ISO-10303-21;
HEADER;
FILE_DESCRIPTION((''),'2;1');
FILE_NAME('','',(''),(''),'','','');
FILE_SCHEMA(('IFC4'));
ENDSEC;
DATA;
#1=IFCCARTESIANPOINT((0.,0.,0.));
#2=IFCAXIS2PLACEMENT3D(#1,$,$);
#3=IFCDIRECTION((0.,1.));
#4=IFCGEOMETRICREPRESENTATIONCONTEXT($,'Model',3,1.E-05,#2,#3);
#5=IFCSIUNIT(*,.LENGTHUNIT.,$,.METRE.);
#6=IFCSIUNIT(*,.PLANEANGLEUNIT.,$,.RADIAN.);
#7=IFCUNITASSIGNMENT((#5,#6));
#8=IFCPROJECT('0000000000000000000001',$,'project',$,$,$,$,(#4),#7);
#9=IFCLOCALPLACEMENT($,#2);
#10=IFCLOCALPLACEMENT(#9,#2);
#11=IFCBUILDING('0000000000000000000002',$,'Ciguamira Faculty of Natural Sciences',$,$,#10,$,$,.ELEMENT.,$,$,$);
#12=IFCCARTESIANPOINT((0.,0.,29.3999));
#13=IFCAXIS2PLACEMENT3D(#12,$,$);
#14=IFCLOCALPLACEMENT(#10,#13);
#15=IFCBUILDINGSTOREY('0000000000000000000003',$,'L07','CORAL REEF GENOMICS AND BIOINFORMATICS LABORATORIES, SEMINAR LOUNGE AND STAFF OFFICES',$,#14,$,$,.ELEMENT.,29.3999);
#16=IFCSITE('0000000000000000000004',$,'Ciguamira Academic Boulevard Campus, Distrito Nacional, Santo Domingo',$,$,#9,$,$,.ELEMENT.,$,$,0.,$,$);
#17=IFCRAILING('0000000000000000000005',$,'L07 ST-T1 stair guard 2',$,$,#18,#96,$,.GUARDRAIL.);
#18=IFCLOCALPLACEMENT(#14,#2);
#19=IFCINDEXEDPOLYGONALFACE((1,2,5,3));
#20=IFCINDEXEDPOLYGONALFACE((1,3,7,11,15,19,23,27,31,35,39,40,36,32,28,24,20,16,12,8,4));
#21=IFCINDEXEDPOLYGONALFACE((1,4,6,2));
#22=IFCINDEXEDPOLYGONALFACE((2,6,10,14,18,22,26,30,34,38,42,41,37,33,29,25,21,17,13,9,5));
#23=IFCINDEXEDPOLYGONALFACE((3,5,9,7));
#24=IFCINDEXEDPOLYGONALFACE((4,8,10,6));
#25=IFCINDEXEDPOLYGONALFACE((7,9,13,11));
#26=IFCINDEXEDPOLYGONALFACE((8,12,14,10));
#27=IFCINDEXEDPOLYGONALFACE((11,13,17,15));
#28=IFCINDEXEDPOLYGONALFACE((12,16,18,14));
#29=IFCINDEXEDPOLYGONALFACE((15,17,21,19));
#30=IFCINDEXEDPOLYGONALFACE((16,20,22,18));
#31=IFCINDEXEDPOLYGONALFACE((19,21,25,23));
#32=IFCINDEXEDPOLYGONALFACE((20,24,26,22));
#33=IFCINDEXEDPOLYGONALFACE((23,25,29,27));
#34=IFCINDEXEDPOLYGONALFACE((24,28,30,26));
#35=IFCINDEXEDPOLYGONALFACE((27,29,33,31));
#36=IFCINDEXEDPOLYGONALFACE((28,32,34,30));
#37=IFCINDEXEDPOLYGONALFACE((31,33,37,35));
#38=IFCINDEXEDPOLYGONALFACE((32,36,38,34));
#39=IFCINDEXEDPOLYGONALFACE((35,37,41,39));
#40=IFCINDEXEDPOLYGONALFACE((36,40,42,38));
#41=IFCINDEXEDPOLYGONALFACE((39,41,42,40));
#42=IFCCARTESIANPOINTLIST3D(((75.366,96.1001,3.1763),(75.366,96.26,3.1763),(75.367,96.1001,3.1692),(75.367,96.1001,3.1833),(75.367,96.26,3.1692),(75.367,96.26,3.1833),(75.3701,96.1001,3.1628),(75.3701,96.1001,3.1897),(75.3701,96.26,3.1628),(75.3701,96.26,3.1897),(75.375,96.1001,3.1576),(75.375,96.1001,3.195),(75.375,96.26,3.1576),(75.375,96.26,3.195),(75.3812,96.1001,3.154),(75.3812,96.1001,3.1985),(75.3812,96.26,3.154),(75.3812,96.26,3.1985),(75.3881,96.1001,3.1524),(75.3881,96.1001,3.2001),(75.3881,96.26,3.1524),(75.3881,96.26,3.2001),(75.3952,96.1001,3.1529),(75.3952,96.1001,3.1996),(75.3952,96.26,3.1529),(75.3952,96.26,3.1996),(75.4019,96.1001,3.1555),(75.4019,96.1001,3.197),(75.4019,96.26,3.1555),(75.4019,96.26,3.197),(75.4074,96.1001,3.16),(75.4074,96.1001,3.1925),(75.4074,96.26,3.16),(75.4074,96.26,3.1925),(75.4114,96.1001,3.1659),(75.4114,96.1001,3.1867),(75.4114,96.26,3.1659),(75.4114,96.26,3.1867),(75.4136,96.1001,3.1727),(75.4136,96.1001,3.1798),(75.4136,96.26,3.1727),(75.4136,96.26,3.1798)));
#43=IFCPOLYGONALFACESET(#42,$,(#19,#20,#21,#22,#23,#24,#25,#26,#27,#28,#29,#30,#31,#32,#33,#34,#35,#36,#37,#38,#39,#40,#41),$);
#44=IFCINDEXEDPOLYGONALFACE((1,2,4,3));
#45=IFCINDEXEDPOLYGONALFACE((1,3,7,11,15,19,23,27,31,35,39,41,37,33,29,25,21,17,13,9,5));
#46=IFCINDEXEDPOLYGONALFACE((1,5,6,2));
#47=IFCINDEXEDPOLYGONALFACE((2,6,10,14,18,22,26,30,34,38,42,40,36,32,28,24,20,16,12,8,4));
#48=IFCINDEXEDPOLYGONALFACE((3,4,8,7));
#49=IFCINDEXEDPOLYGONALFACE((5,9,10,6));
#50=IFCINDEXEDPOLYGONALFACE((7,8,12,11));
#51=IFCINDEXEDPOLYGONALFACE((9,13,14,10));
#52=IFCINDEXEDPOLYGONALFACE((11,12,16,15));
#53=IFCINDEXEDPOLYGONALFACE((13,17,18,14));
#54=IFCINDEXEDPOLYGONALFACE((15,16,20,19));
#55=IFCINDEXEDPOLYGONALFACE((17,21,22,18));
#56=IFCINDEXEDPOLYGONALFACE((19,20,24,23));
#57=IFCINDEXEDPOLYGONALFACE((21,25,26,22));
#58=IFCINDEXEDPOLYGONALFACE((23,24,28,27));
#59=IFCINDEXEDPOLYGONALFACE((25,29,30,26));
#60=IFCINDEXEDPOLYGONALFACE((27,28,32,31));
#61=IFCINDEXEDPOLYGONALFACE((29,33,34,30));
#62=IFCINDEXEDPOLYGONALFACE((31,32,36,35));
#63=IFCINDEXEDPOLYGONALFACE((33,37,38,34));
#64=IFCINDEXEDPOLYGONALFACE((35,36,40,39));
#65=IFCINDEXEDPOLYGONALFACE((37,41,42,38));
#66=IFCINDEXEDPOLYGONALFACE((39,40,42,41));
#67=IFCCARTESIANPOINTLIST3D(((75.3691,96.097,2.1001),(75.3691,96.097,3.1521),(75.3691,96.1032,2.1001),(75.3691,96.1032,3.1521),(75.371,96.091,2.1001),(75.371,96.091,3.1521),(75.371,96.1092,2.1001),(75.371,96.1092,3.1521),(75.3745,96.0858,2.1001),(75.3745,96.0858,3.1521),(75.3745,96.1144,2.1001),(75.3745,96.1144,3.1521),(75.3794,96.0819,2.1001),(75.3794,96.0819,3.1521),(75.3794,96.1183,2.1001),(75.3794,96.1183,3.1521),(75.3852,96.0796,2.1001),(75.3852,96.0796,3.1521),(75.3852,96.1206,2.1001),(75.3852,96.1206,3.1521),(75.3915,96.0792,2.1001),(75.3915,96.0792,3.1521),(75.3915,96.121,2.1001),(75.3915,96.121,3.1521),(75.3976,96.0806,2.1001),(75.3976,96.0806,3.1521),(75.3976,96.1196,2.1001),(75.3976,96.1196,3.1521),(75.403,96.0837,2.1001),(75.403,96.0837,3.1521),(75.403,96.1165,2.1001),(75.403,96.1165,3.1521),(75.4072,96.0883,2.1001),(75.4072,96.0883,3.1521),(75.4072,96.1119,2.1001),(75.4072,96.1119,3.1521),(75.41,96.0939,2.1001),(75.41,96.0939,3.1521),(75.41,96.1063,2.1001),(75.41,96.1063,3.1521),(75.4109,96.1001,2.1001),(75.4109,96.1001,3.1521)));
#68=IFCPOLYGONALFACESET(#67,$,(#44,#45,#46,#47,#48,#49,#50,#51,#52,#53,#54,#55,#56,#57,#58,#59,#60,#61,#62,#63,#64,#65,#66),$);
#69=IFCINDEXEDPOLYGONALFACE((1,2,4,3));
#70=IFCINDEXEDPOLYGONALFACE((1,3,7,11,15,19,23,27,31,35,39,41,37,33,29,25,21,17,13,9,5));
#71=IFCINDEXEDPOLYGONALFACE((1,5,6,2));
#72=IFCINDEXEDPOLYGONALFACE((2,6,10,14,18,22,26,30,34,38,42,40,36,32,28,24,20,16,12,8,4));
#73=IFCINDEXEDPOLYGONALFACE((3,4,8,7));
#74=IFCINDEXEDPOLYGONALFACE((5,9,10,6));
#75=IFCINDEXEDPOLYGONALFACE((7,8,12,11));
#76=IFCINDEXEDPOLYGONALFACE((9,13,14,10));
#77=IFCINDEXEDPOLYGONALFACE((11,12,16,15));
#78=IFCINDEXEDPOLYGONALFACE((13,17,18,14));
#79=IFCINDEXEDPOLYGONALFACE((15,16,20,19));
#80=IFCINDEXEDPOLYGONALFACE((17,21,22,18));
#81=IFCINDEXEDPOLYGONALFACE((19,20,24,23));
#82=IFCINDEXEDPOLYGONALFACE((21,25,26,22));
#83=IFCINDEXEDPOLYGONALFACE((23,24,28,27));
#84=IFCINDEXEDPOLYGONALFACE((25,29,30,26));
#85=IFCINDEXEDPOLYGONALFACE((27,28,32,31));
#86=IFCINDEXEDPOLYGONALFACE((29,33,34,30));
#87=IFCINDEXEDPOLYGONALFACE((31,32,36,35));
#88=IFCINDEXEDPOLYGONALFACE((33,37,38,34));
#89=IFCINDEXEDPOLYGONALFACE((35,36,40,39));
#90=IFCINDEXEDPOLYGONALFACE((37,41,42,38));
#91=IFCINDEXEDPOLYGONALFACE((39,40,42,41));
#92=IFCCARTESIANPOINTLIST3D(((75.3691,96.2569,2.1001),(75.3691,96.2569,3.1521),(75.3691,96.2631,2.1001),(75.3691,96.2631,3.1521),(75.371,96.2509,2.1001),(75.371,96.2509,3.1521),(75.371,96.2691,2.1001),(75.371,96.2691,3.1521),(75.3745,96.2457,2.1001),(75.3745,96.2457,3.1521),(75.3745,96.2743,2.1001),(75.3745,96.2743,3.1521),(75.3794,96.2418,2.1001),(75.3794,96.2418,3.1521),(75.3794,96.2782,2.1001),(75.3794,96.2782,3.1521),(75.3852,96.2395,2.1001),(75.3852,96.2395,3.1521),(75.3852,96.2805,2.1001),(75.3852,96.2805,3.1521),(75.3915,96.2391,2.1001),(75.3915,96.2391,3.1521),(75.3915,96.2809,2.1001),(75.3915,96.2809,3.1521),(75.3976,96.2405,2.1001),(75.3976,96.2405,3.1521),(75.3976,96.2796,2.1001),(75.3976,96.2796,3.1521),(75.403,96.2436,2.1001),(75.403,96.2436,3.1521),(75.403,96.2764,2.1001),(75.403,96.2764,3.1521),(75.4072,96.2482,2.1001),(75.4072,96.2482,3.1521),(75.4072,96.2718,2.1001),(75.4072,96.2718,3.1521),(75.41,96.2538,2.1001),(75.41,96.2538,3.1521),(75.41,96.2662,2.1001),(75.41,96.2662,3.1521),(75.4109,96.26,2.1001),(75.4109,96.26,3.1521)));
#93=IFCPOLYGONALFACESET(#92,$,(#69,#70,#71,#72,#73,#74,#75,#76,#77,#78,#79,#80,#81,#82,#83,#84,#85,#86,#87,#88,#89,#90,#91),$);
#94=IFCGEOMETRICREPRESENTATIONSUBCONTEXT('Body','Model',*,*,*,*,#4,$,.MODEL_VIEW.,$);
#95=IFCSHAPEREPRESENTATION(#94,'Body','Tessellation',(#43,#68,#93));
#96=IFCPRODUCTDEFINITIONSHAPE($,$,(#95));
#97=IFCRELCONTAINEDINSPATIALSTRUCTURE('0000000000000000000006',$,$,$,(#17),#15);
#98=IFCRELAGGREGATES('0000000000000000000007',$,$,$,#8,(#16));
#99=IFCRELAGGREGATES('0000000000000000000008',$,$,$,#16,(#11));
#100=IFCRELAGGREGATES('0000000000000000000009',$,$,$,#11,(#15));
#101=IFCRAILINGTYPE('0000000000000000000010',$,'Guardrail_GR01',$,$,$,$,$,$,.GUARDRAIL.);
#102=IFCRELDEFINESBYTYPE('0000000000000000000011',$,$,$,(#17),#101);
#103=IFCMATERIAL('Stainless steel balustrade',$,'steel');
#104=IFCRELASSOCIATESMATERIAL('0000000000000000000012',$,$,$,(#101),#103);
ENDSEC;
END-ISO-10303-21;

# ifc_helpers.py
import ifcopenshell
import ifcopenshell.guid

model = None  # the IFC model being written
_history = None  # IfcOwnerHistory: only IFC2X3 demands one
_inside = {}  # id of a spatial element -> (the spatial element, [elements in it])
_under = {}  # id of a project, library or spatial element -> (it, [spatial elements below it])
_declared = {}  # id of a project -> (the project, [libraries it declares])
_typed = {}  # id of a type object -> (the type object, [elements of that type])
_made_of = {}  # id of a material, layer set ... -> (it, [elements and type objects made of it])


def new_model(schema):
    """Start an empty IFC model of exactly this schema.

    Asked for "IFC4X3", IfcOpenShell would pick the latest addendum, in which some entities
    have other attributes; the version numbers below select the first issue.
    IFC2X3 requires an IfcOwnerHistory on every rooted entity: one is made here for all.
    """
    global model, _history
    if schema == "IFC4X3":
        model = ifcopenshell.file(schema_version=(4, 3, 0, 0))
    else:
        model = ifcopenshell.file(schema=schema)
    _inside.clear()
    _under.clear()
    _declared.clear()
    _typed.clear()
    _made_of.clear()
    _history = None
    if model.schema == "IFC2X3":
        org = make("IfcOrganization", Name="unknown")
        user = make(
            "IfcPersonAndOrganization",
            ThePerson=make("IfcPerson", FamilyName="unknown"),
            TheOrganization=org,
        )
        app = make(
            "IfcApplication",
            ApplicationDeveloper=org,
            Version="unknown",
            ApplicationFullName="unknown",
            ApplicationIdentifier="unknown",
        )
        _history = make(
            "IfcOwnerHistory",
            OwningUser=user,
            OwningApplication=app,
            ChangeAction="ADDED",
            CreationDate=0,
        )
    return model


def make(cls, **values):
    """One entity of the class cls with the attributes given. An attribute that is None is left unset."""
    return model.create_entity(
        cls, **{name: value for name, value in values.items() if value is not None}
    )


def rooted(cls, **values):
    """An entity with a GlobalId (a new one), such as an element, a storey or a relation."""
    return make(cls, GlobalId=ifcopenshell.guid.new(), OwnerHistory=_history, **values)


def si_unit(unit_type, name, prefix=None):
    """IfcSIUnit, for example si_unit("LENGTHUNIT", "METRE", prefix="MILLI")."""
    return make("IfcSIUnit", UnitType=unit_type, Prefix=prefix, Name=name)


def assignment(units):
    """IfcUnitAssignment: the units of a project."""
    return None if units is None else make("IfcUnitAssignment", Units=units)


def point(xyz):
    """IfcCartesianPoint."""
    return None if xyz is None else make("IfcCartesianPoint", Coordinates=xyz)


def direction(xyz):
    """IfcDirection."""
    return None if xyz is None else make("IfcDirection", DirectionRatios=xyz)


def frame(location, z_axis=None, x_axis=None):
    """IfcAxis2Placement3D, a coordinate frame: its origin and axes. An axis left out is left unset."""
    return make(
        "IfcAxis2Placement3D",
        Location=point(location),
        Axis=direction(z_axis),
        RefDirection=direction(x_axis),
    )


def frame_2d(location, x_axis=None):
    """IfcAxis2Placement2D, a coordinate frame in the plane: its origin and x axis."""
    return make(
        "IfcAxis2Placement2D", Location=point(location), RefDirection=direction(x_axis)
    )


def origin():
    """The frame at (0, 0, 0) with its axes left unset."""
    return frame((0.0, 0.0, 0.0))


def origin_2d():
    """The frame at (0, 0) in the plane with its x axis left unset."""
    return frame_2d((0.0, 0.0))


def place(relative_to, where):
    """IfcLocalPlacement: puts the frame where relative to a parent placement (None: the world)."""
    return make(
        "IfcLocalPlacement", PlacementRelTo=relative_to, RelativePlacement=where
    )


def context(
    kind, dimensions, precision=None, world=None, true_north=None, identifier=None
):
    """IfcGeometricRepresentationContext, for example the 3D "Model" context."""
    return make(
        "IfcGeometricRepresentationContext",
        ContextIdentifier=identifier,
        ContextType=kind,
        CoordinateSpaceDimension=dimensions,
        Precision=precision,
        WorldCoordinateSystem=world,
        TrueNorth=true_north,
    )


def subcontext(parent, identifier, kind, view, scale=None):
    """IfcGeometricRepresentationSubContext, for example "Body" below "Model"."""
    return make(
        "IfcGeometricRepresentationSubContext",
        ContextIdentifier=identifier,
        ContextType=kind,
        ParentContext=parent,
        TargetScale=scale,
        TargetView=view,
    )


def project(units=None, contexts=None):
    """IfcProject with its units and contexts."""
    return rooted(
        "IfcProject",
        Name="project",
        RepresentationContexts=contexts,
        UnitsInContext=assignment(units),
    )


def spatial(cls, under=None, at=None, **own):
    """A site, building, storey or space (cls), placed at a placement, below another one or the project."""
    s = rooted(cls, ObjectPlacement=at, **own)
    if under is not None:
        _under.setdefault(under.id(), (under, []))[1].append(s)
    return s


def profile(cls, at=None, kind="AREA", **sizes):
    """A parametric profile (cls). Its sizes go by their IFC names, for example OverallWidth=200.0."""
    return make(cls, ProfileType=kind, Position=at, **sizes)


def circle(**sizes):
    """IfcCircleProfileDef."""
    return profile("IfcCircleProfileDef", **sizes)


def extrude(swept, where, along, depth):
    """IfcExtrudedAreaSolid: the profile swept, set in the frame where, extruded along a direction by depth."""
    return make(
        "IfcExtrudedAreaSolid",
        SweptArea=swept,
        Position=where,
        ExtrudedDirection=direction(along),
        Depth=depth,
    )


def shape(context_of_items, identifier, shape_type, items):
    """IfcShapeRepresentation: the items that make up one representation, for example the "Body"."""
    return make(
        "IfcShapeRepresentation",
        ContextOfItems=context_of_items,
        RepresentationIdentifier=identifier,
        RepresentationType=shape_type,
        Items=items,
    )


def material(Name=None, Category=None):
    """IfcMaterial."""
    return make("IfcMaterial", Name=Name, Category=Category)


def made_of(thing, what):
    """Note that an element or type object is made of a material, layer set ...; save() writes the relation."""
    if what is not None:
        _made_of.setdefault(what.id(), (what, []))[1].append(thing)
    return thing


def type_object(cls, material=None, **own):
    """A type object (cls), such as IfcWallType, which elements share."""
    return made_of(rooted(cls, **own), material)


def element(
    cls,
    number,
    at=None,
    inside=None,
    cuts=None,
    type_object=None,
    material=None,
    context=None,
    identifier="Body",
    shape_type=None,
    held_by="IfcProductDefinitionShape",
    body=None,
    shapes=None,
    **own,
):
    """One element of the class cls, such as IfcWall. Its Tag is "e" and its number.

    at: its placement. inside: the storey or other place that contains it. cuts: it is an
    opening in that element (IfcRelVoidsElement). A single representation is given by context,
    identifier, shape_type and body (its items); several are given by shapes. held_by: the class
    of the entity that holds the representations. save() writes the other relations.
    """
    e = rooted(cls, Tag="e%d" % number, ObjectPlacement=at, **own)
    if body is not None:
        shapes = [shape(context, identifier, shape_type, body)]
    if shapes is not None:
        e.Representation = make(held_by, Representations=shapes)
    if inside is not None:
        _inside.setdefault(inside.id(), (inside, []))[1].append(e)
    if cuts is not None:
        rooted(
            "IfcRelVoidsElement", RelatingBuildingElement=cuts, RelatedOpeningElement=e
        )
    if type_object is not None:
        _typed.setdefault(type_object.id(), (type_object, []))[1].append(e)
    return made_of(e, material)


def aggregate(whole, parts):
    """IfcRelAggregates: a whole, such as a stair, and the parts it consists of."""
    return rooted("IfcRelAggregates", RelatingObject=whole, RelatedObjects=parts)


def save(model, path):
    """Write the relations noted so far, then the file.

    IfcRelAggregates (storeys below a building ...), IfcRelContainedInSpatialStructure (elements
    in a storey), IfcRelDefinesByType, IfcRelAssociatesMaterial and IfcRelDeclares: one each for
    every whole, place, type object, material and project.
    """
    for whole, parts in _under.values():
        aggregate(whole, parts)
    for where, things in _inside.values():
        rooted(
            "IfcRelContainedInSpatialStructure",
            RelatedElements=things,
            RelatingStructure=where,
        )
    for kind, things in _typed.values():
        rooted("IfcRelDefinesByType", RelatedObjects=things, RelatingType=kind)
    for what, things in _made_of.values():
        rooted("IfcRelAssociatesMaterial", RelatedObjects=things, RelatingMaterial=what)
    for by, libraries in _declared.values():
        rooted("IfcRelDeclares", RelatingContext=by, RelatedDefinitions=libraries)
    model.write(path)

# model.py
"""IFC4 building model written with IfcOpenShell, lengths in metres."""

from ifc_helpers import new_model, si_unit, direction, frame, origin, origin_2d, place, context, subcontext, project, spatial, circle, extrude, material, type_object, element, save


model = new_model("IFC4")

# Units and contexts
model_context = context("Model", 3, precision=1e-05, world=origin(), true_north=direction((0.0, 1.0)))
body_context = subcontext(model_context, "Body", "Model", "MODEL_VIEW")
ifc_project = project(units=[si_unit("LENGTHUNIT", "METRE"), si_unit("PLANEANGLEUNIT", "RADIAN")], contexts=[model_context])

# Site, building, storey
site_placement = place(None, origin())
site = spatial("IfcSite", under=ifc_project, at=site_placement, Name="Ciguamira Academic Boulevard Campus, Distrito Nacional, Santo Domingo", CompositionType="ELEMENT", RefElevation=0.0)
building_placement = place(site_placement, origin())
building = spatial("IfcBuilding", under=site, at=building_placement, Name="Ciguamira Faculty of Natural Sciences", CompositionType="ELEMENT")
storey_placement = place(building_placement, frame((0.0, 0.0, 29.3999)))
storey = spatial("IfcBuildingStorey", under=building, at=storey_placement, Name="L07", Description="CORAL REEF GENOMICS AND BIOINFORMATICS LABORATORIES, SEMINAR LOUNGE AND STAFF OFFICES", CompositionType="ELEMENT", Elevation=29.3999)

# Railing
ifc_material_1 = material(Name="Stainless steel balustrade", Category="steel")
railing_type_1 = type_object("IfcRailingType", Name="Guardrail_GR01", PredefinedType="GUARDRAIL", material=ifc_material_1)
railing_1_placement = place(storey_placement, frame((75.3899, 96.1001, 2.1001)))
element("IfcRailing", 1, at=railing_1_placement, inside=storey, type_object=railing_type_1, Name="L07 ST-T1 stair guard 2", PredefinedType="GUARDRAIL", context=body_context, shape_type="SweptSolid", body=[
    extrude(circle(Radius=0.0239, at=origin_2d()), frame((0.0, 0.0, 1.0762), z_axis=(0.0, 1.0, 0.0), x_axis=(-1.0, 0.0, 0.0)), (0.0, 0.0, 1.0), 0.1599),
    extrude(circle(Radius=0.021, at=origin_2d()), origin(), (0.0, 0.0, 1.0), 1.052),
    extrude(circle(Radius=0.021, at=origin_2d()), frame((0.0, 0.1599, 0.0)), (0.0, 0.0, 1.0), 1.052),
])

save(model, "model.ifc")
